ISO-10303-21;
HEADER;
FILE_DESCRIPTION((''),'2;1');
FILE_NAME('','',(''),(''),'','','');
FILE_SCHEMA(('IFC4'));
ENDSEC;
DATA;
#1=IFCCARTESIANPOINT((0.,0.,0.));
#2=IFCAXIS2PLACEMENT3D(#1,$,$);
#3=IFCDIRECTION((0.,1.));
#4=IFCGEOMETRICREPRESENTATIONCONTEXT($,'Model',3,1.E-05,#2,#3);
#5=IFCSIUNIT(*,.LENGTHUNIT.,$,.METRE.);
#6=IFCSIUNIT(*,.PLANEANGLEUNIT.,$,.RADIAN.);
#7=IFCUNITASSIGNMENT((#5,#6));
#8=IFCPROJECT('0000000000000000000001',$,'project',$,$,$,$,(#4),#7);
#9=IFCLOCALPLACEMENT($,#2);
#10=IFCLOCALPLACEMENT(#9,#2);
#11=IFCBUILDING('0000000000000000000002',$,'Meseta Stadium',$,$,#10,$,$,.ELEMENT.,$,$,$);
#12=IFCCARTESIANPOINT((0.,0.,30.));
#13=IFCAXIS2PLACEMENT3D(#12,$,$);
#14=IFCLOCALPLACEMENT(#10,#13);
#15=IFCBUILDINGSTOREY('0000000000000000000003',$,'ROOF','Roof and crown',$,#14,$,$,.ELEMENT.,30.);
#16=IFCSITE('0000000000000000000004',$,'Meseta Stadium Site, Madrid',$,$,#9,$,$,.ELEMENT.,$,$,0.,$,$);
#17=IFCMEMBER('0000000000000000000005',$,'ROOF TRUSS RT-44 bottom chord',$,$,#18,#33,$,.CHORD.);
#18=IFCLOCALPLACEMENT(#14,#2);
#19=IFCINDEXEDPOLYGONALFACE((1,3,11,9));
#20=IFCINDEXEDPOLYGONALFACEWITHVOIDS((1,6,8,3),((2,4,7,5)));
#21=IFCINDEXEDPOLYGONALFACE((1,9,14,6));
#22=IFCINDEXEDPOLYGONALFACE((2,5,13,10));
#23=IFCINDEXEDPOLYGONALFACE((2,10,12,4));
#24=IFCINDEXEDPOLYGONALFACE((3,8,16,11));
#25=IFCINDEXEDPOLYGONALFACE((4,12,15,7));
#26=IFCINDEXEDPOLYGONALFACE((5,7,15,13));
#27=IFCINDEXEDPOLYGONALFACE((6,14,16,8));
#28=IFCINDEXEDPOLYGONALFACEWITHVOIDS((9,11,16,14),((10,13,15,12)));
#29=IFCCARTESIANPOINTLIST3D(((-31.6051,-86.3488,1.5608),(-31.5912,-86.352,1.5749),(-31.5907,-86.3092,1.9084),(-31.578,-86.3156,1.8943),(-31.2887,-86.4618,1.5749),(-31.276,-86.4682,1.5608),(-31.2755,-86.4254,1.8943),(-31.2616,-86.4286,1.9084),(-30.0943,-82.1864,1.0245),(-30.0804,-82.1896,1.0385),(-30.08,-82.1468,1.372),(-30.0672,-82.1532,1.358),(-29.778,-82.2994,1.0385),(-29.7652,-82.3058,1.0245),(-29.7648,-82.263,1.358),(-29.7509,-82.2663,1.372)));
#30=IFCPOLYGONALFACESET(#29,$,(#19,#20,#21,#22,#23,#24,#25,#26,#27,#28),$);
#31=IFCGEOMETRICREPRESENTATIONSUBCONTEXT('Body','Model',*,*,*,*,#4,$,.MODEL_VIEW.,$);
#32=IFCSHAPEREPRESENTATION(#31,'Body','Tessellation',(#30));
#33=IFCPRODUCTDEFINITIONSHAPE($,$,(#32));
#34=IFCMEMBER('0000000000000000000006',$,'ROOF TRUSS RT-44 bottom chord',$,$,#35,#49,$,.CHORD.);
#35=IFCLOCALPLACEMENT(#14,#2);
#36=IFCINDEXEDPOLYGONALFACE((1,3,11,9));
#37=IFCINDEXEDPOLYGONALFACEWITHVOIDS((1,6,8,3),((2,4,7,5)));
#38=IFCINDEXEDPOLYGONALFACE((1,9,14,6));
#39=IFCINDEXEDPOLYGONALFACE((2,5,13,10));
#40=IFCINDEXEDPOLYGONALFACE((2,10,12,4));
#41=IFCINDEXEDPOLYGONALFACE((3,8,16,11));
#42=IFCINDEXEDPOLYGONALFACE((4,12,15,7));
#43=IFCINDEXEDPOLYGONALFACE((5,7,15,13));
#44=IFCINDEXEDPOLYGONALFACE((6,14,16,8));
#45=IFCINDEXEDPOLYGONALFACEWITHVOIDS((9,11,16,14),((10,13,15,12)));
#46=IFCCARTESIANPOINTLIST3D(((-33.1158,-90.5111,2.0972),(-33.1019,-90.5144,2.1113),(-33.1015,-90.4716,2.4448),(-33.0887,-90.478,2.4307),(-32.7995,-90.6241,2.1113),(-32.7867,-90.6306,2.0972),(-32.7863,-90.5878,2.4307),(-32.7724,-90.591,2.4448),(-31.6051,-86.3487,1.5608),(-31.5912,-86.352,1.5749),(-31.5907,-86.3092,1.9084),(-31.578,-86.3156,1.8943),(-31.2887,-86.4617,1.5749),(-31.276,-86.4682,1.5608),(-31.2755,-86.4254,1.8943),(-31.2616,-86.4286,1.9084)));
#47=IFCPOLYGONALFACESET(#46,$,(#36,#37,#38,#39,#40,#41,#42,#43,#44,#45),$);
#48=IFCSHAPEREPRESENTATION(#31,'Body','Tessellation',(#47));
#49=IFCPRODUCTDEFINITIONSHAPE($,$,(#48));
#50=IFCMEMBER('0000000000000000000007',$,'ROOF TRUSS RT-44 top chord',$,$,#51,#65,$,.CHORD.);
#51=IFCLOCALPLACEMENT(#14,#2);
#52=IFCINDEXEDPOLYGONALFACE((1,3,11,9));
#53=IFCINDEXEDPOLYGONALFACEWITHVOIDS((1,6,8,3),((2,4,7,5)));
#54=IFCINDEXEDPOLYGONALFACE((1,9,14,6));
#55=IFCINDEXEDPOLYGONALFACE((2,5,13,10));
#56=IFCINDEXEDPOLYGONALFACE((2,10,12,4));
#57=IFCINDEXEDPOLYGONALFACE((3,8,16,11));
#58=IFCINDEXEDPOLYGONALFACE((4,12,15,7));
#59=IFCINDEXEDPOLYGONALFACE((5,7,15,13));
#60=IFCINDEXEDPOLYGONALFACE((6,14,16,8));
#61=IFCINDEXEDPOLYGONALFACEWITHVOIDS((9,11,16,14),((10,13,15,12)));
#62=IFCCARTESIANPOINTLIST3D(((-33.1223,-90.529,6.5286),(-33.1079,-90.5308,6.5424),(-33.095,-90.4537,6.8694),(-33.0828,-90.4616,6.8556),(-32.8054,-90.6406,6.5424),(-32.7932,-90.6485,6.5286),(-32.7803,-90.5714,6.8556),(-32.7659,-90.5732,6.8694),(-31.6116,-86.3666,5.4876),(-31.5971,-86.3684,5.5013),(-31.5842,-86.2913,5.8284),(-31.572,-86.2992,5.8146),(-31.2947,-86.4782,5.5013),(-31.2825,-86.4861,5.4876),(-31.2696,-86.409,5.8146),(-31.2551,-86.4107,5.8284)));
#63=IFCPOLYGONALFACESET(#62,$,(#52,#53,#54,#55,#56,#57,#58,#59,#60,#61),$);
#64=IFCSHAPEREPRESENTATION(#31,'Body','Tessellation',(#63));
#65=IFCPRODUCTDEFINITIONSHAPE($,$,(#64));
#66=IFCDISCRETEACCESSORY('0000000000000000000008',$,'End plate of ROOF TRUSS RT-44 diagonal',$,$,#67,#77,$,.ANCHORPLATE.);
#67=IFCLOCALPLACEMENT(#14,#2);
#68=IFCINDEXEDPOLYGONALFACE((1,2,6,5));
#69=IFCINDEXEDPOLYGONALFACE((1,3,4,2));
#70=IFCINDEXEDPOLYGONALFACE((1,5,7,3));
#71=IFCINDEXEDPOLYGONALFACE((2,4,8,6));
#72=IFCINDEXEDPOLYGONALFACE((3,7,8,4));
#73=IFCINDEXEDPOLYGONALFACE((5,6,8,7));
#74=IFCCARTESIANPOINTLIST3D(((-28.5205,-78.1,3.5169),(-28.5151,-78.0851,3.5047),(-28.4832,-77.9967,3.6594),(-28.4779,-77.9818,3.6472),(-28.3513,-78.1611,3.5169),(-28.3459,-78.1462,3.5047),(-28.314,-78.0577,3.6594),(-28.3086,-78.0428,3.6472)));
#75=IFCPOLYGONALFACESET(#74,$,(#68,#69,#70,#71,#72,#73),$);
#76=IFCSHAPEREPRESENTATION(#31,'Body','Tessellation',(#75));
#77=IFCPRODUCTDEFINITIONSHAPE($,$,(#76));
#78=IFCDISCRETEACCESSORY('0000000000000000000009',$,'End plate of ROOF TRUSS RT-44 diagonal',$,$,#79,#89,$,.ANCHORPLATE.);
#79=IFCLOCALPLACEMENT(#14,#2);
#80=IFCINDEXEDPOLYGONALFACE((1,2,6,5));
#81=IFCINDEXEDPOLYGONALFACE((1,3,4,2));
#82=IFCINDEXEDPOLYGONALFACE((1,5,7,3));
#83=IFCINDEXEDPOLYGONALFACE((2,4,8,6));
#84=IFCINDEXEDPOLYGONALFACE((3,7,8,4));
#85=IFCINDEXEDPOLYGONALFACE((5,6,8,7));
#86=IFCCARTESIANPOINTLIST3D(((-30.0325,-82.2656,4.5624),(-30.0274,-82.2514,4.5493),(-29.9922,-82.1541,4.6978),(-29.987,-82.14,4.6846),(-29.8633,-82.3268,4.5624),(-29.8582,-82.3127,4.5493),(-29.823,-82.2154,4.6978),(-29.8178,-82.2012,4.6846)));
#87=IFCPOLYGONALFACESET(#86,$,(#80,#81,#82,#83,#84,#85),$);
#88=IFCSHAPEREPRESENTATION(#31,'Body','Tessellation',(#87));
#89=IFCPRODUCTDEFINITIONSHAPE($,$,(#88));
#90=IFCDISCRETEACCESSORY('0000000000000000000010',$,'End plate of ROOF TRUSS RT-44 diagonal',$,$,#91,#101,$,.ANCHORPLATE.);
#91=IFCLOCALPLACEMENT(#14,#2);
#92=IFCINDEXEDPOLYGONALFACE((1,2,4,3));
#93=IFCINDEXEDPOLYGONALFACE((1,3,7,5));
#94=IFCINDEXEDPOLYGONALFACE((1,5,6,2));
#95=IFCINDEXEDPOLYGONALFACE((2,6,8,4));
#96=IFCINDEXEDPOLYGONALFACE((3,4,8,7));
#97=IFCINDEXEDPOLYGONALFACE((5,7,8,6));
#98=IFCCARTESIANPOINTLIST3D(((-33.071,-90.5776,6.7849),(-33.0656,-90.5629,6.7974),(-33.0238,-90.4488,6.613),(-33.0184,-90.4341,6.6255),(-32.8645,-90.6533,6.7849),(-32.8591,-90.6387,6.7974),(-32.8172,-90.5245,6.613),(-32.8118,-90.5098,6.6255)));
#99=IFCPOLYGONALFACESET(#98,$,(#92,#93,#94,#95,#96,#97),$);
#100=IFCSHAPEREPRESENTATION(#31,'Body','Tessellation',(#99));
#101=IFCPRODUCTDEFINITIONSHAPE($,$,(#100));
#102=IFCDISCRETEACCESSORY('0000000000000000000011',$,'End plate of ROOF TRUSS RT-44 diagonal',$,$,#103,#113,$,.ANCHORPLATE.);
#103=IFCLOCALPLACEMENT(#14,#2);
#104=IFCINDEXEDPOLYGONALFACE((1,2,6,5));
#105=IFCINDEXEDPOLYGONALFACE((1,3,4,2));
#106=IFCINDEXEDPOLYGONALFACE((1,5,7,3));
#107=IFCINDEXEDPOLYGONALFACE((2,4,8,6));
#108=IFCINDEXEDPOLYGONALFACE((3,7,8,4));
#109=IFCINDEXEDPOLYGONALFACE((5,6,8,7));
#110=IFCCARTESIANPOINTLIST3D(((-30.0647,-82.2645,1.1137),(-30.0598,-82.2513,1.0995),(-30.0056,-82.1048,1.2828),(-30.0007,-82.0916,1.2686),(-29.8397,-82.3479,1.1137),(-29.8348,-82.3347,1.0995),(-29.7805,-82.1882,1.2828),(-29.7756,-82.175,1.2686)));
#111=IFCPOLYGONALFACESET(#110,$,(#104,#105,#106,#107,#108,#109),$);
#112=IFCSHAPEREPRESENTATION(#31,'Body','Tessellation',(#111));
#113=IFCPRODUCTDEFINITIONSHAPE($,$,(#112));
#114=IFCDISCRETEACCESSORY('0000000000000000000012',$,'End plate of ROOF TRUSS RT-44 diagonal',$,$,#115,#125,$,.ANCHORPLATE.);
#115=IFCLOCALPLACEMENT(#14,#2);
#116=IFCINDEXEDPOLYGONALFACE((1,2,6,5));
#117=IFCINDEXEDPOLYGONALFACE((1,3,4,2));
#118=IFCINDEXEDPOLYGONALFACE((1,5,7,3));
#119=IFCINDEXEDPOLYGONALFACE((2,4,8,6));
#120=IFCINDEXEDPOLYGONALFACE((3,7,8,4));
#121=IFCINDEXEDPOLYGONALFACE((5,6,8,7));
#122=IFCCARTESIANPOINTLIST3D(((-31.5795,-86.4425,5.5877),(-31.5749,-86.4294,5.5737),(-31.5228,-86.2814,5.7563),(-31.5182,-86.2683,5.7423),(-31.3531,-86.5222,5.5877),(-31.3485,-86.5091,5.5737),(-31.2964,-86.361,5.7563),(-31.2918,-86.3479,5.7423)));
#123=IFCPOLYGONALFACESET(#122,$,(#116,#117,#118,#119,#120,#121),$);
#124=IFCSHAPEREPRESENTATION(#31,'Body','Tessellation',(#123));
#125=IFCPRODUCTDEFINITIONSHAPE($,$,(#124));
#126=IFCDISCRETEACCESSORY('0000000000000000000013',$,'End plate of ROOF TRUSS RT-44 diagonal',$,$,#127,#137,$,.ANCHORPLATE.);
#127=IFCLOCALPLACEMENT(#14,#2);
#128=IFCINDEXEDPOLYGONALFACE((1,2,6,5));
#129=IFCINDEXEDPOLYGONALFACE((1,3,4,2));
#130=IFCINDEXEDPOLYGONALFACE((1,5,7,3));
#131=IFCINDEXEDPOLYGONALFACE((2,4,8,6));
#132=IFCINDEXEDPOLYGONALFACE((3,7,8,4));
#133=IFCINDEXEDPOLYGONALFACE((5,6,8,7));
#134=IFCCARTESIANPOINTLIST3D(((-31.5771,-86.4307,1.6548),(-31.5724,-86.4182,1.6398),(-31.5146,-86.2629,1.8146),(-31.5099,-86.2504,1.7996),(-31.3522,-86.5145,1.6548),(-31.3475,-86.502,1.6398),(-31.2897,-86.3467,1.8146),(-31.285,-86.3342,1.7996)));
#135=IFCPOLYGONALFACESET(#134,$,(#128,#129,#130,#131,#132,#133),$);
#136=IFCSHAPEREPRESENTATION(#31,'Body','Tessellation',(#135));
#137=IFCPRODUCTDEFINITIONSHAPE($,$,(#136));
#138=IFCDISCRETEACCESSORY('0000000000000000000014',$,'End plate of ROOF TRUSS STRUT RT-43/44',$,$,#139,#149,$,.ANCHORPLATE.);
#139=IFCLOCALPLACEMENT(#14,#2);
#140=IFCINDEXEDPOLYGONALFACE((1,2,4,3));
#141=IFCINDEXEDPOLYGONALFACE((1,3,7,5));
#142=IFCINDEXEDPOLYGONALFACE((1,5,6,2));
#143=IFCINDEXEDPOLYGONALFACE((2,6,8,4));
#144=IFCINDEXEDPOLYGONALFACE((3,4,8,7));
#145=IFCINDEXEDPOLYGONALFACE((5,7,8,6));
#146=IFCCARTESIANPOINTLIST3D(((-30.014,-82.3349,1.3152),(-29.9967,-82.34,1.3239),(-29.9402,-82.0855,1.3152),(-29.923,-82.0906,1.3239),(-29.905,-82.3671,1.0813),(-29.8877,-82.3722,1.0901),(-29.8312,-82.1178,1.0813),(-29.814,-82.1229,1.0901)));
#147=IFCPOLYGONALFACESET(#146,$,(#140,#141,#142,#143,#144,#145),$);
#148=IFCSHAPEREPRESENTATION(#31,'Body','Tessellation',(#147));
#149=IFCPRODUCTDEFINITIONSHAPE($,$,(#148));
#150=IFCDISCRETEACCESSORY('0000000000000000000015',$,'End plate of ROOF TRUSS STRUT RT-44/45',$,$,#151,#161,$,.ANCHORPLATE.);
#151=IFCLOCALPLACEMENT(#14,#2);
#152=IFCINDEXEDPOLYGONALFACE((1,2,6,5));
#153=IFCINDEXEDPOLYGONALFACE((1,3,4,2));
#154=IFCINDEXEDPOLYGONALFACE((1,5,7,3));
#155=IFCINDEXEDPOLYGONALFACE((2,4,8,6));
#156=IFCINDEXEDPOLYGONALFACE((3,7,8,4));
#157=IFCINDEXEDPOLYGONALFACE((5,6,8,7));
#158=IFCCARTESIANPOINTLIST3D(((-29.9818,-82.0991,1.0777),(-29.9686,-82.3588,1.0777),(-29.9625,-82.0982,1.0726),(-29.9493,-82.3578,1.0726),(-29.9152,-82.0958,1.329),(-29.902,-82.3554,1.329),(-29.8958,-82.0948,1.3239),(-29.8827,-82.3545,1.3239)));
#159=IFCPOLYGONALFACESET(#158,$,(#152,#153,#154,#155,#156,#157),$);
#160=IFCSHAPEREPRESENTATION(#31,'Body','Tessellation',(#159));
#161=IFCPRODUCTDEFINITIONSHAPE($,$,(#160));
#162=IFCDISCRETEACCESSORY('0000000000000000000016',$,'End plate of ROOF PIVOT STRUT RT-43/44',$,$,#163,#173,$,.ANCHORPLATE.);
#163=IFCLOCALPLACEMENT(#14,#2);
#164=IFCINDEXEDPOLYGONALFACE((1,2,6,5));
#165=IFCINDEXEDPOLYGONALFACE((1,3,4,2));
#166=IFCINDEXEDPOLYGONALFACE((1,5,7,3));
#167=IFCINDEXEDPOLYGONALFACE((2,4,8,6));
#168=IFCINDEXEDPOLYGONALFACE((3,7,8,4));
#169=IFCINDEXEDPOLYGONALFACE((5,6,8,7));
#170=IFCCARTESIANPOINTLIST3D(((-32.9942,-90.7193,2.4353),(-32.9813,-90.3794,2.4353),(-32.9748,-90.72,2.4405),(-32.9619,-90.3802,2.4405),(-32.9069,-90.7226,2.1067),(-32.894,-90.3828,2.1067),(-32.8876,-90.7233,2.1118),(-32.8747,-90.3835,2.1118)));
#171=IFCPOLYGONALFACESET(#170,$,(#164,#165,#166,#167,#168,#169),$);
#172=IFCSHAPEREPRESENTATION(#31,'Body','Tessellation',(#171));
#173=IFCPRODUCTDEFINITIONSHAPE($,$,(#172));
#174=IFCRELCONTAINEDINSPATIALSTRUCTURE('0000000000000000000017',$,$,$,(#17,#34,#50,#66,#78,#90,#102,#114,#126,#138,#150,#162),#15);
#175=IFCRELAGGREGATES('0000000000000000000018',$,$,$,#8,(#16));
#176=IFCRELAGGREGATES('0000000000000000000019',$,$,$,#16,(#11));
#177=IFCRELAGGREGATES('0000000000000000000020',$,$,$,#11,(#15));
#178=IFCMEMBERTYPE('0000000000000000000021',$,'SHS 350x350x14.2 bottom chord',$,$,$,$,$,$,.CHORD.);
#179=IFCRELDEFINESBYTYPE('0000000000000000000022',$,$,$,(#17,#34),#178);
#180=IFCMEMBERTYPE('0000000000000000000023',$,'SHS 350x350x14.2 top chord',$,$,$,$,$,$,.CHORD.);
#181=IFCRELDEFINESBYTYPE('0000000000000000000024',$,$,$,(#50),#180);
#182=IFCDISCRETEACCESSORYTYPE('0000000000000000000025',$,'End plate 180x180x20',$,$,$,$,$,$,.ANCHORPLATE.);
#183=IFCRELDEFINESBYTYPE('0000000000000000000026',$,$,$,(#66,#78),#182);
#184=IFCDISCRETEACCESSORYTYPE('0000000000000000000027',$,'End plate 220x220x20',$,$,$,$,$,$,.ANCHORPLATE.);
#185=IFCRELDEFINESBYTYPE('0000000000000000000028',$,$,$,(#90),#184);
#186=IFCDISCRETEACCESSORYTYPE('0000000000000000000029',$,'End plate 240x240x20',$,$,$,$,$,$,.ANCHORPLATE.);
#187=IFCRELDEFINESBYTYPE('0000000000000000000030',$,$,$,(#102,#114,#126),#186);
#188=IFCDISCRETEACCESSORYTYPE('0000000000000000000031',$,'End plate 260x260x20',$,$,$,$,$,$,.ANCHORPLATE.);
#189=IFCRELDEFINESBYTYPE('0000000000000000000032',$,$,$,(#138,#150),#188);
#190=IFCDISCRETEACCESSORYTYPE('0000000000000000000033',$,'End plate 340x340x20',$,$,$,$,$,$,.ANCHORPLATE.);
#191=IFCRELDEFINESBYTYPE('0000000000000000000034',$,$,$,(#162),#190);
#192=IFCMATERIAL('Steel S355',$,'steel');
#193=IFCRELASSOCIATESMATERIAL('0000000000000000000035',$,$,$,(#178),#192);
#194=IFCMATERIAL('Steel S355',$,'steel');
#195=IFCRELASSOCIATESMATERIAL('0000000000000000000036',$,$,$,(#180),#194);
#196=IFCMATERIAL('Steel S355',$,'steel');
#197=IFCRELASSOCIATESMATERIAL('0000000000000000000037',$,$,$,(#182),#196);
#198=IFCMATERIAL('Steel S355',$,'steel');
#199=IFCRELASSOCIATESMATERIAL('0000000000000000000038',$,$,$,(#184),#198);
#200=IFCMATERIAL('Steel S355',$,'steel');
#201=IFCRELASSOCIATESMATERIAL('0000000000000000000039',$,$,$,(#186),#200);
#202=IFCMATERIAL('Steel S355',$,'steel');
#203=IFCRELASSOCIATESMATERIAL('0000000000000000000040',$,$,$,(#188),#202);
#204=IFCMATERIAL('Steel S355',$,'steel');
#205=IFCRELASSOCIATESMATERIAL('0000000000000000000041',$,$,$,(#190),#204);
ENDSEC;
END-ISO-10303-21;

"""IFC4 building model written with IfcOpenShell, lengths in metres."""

from ifc_helpers import new_model, si_unit, direction, frame, origin, origin_2d, place, context, subcontext, project, spatial, rectangle, hollow_rectangle, extrude, material, material_profile, profile_set, type_object, element, save


model = new_model("IFC4")

# Units and contexts
model_context = context("Model", 3, precision=1e-05, world=origin(), true_north=direction((0.0, 1.0)))
body_context = subcontext(model_context, "Body", "Model", "MODEL_VIEW")
ifc_project = project(units=[si_unit("LENGTHUNIT", "METRE"), si_unit("PLANEANGLEUNIT", "RADIAN")], contexts=[model_context])

# Site, building, storey
site_placement = place(None, origin())
site = spatial("IfcSite", under=ifc_project, at=site_placement, Name="Meseta Stadium Site, Madrid", CompositionType="ELEMENT", RefElevation=0.0)
building_placement = place(site_placement, origin())
building = spatial("IfcBuilding", under=site, at=building_placement, Name="Meseta Stadium", CompositionType="ELEMENT")
storey_placement = place(building_placement, frame((0.0, 0.0, 30.0)))
storey = spatial("IfcBuildingStorey", under=building, at=storey_placement, Name="ROOF", Description="Roof and crown", CompositionType="ELEMENT", Elevation=30.0)

# Members
ifc_material_1 = material(Name="Steel S355", Category="steel")
ifc_material_profile_1 = material_profile(ifc_material_1, hollow_rectangle(XDim=0.3501, YDim=0.3501, WallThickness=0.0142, at=origin_2d()), Name="SHS 350x350x14.2")
ifc_profile_set_1 = profile_set([ifc_material_profile_1], Name="Steel S355")
member_type_1 = type_object("IfcMemberType", Name="SHS 350x350x14.2 bottom chord", PredefinedType="CHORD", material=ifc_profile_set_1)
for number, where, z_axis, x_axis, name in (
    (1, (-29.9226, -82.2263, 1.1982), (-0.338701, -0.933178, 0.120253), (0.939999, -0.341176, 0.0), "ROOF TRUSS RT-44 bottom chord"),
    (2, (-31.4333, -86.3887, 1.7346), (-0.338701, -0.933178, 0.120253), (0.939999, -0.341176, 0.0), "ROOF TRUSS RT-44 bottom chord"),
):
    element("IfcMember", number, at=place(storey_placement, frame(where, z_axis=z_axis, x_axis=x_axis)), inside=storey, type_object=member_type_1, Name=name, PredefinedType="CHORD", context=body_context, shape_type="SweptSolid", body=[
        extrude(hollow_rectangle(XDim=0.3501, YDim=0.3501, WallThickness=0.0142, at=origin_2d()), origin(), (0.0, 0.0, 1.0), 4.4604),
    ])
ifc_material_2 = material(Name="Steel S355", Category="steel")
ifc_material_profile_2 = material_profile(ifc_material_2, hollow_rectangle(XDim=0.3501, YDim=0.3501, WallThickness=0.0142, at=origin_2d()), Name="SHS 350x350x14.2")
ifc_profile_set_2 = profile_set([ifc_material_profile_2], Name="Steel S355")
member_type_2 = type_object("IfcMemberType", Name="SHS 350x350x14.2 top chord", PredefinedType="CHORD", material=ifc_profile_set_2)
member_1_placement = place(storey_placement, frame((-31.4333, -86.3887, 5.658), z_axis=(-0.332122, -0.915052, 0.228857), x_axis=(0.939999, -0.341176, 0.0)))
element("IfcMember", 3, at=member_1_placement, inside=storey, type_object=member_type_2, Name="ROOF TRUSS RT-44 top chord", PredefinedType="CHORD", context=body_context, shape_type="SweptSolid", body=[
    extrude(hollow_rectangle(XDim=0.3501, YDim=0.3501, WallThickness=0.0142, at=origin_2d()), origin(), (0.0, 0.0, 1.0), 4.5488),
])

# Discrete accessories
ifc_material_3 = material(Name="Steel S355", Category="steel")
ifc_material_profile_3 = material_profile(ifc_material_3, rectangle(XDim=0.1799, YDim=0.1799, at=origin_2d()), Name="PL 180x180")
ifc_profile_set_3 = profile_set([ifc_material_profile_3], Name="Steel S355")
discrete_accessory_type_1 = type_object("IfcDiscreteAccessoryType", Name="End plate 180x180x20", PredefinedType="ANCHORPLATE", material=ifc_profile_set_3)
for number, where, z_axis, x_axis, name in (
    (4, (-28.4119, -78.064, 3.5759), (-0.268673, -0.744956, 0.610619), (0.940691, -0.339265, 0.0), "End plate of ROOF TRUSS RT-44 diagonal"),
    (5, (-29.9226, -82.2263, 4.6169), (-0.256155, -0.707475, 0.658684), (0.940266, -0.340441, 0.0), "End plate of ROOF TRUSS RT-44 diagonal"),
):
    element("IfcDiscreteAccessory", number, at=place(storey_placement, frame(where, z_axis=z_axis, x_axis=x_axis)), inside=storey, type_object=discrete_accessory_type_1, Name=name, PredefinedType="ANCHORPLATE", context=body_context, shape_type="SweptSolid", body=[
        extrude(rectangle(XDim=0.1799, YDim=0.1799, at=origin_2d()), origin(), (0.0, 0.0, 1.0), 0.02),
    ])
ifc_material_4 = material(Name="Steel S355", Category="steel")
ifc_material_profile_4 = material_profile(ifc_material_4, rectangle(XDim=0.22, YDim=0.22, at=origin_2d()), Name="PL 220x220")
ifc_profile_set_4 = profile_set([ifc_material_profile_4], Name="Steel S355")
discrete_accessory_type_2 = type_object("IfcDiscreteAccessoryType", Name="End plate 220x220x20", PredefinedType="ANCHORPLATE", material=ifc_profile_set_4)
discrete_accessory_1_placement = place(storey_placement, frame((-32.9387, -90.5364, 6.7114), z_axis=(-0.269074, -0.733839, -0.623763), x_axis=(0.938876, -0.344255, 0.0)))
element("IfcDiscreteAccessory", 6, at=discrete_accessory_1_placement, inside=storey, type_object=discrete_accessory_type_2, Name="End plate of ROOF TRUSS RT-44 diagonal", PredefinedType="ANCHORPLATE", context=body_context, shape_type="SweptSolid", body=[
    extrude(rectangle(XDim=0.22, YDim=0.22, at=origin_2d()), origin(), (0.0, 0.0, 1.0), 0.02),
])
ifc_material_5 = material(Name="Steel S355", Category="steel")
ifc_material_profile_5 = material_profile(ifc_material_5, rectangle(XDim=0.24, YDim=0.24, at=origin_2d()), Name="PL 240x240")
ifc_profile_set_5 = profile_set([ifc_material_profile_5], Name="Steel S355")
discrete_accessory_type_3 = type_object("IfcDiscreteAccessoryType", Name="End plate 240x240x20", PredefinedType="ANCHORPLATE", material=ifc_profile_set_5)
discrete_accessory_2_placement = place(storey_placement, frame((-29.9177, -82.2131, 1.1841), z_axis=(-0.244704, -0.660702, 0.709643), x_axis=(0.937749, -0.347314, 0.0)))
element("IfcDiscreteAccessory", 7, at=discrete_accessory_2_placement, inside=storey, type_object=discrete_accessory_type_3, Name="End plate of ROOF TRUSS RT-44 diagonal", PredefinedType="ANCHORPLATE", context=body_context, shape_type="SweptSolid", body=[
    extrude(rectangle(XDim=0.24, YDim=0.24, at=origin_2d()), origin(), (0.0, 0.0, 1.0), 0.02),
])
discrete_accessory_3_placement = place(storey_placement, frame((-31.4333, -86.3887, 5.658), z_axis=(-0.233151, -0.662639, 0.711723), x_axis=(0.943312, -0.331906, 0.0)))
element("IfcDiscreteAccessory", 8, at=discrete_accessory_3_placement, inside=storey, type_object=discrete_accessory_type_3, Name="End plate of ROOF TRUSS RT-44 diagonal", PredefinedType="ANCHORPLATE", context=body_context, shape_type="SweptSolid", body=[
    extrude(rectangle(XDim=0.24, YDim=0.24, at=origin_2d()), origin(), (0.0, 0.0, 1.0), 0.0198),
])
discrete_accessory_4_placement = place(storey_placement, frame((-31.4287, -86.3762, 1.7197), z_axis=(-0.232417, -0.623856, 0.746181), x_axis=(0.937082, -0.349109, 0.0)))
element("IfcDiscreteAccessory", 9, at=discrete_accessory_4_placement, inside=storey, type_object=discrete_accessory_type_3, Name="End plate of ROOF TRUSS RT-44 diagonal", PredefinedType="ANCHORPLATE", context=body_context, shape_type="SweptSolid", body=[
    extrude(rectangle(XDim=0.24, YDim=0.24, at=origin_2d()), origin(), (0.0, 0.0, 1.0), 0.02),
])
ifc_material_6 = material(Name="Steel S355", Category="steel")
ifc_material_profile_6 = material_profile(ifc_material_6, rectangle(XDim=0.26, YDim=0.26, at=origin_2d()), Name="PL 260x260")
ifc_profile_set_6 = profile_set([ifc_material_profile_6], Name="Steel S355")
discrete_accessory_type_4 = type_object("IfcDiscreteAccessoryType", Name="End plate 260x260x20", PredefinedType="ANCHORPLATE", material=ifc_profile_set_6)
for number, where, z_axis, x_axis, name in (
    (10, (-29.9226, -82.2263, 1.1982), (0.862398, -0.255075, 0.437272), (0.283628, 0.958934, 0.0), "End plate of ROOF TRUSS STRUT RT-43/44"),
    (11, (-29.9419, -82.2273, 1.2034), (0.965283, 0.048875, -0.256594), (-0.050568, 0.998721, 0.0), "End plate of ROOF TRUSS STRUT RT-44/45"),
):
    element("IfcDiscreteAccessory", number, at=place(storey_placement, frame(where, z_axis=z_axis, x_axis=x_axis)), inside=storey, type_object=discrete_accessory_type_4, Name=name, PredefinedType="ANCHORPLATE", context=body_context, shape_type="SweptSolid", body=[
        extrude(rectangle(XDim=0.26, YDim=0.26, at=origin_2d()), origin(), (0.0, 0.0, 1.0), 0.02),
    ])
ifc_material_7 = material(Name="Steel S355", Category="steel")
ifc_material_profile_7 = material_profile(ifc_material_7, rectangle(XDim=0.3401, YDim=0.3401, at=origin_2d()), Name="PL 340x340")
ifc_profile_set_7 = profile_set([ifc_material_profile_7], Name="Steel S355")
discrete_accessory_type_5 = type_object("IfcDiscreteAccessoryType", Name="End plate 340x340x20", PredefinedType="ANCHORPLATE", material=ifc_profile_set_7)
discrete_accessory_5_placement = place(storey_placement, frame((-32.9441, -90.551, 2.271), z_axis=(0.965787, -0.036675, 0.256728), x_axis=(0.037947, 0.99928, 0.0)))
element("IfcDiscreteAccessory", 12, at=discrete_accessory_5_placement, inside=storey, type_object=discrete_accessory_type_5, Name="End plate of ROOF PIVOT STRUT RT-43/44", PredefinedType="ANCHORPLATE", context=body_context, shape_type="SweptSolid", body=[
    extrude(rectangle(XDim=0.3401, YDim=0.3401, at=origin_2d()), origin(), (0.0, 0.0, 1.0), 0.02),
])

save(model, "model.ifc")
